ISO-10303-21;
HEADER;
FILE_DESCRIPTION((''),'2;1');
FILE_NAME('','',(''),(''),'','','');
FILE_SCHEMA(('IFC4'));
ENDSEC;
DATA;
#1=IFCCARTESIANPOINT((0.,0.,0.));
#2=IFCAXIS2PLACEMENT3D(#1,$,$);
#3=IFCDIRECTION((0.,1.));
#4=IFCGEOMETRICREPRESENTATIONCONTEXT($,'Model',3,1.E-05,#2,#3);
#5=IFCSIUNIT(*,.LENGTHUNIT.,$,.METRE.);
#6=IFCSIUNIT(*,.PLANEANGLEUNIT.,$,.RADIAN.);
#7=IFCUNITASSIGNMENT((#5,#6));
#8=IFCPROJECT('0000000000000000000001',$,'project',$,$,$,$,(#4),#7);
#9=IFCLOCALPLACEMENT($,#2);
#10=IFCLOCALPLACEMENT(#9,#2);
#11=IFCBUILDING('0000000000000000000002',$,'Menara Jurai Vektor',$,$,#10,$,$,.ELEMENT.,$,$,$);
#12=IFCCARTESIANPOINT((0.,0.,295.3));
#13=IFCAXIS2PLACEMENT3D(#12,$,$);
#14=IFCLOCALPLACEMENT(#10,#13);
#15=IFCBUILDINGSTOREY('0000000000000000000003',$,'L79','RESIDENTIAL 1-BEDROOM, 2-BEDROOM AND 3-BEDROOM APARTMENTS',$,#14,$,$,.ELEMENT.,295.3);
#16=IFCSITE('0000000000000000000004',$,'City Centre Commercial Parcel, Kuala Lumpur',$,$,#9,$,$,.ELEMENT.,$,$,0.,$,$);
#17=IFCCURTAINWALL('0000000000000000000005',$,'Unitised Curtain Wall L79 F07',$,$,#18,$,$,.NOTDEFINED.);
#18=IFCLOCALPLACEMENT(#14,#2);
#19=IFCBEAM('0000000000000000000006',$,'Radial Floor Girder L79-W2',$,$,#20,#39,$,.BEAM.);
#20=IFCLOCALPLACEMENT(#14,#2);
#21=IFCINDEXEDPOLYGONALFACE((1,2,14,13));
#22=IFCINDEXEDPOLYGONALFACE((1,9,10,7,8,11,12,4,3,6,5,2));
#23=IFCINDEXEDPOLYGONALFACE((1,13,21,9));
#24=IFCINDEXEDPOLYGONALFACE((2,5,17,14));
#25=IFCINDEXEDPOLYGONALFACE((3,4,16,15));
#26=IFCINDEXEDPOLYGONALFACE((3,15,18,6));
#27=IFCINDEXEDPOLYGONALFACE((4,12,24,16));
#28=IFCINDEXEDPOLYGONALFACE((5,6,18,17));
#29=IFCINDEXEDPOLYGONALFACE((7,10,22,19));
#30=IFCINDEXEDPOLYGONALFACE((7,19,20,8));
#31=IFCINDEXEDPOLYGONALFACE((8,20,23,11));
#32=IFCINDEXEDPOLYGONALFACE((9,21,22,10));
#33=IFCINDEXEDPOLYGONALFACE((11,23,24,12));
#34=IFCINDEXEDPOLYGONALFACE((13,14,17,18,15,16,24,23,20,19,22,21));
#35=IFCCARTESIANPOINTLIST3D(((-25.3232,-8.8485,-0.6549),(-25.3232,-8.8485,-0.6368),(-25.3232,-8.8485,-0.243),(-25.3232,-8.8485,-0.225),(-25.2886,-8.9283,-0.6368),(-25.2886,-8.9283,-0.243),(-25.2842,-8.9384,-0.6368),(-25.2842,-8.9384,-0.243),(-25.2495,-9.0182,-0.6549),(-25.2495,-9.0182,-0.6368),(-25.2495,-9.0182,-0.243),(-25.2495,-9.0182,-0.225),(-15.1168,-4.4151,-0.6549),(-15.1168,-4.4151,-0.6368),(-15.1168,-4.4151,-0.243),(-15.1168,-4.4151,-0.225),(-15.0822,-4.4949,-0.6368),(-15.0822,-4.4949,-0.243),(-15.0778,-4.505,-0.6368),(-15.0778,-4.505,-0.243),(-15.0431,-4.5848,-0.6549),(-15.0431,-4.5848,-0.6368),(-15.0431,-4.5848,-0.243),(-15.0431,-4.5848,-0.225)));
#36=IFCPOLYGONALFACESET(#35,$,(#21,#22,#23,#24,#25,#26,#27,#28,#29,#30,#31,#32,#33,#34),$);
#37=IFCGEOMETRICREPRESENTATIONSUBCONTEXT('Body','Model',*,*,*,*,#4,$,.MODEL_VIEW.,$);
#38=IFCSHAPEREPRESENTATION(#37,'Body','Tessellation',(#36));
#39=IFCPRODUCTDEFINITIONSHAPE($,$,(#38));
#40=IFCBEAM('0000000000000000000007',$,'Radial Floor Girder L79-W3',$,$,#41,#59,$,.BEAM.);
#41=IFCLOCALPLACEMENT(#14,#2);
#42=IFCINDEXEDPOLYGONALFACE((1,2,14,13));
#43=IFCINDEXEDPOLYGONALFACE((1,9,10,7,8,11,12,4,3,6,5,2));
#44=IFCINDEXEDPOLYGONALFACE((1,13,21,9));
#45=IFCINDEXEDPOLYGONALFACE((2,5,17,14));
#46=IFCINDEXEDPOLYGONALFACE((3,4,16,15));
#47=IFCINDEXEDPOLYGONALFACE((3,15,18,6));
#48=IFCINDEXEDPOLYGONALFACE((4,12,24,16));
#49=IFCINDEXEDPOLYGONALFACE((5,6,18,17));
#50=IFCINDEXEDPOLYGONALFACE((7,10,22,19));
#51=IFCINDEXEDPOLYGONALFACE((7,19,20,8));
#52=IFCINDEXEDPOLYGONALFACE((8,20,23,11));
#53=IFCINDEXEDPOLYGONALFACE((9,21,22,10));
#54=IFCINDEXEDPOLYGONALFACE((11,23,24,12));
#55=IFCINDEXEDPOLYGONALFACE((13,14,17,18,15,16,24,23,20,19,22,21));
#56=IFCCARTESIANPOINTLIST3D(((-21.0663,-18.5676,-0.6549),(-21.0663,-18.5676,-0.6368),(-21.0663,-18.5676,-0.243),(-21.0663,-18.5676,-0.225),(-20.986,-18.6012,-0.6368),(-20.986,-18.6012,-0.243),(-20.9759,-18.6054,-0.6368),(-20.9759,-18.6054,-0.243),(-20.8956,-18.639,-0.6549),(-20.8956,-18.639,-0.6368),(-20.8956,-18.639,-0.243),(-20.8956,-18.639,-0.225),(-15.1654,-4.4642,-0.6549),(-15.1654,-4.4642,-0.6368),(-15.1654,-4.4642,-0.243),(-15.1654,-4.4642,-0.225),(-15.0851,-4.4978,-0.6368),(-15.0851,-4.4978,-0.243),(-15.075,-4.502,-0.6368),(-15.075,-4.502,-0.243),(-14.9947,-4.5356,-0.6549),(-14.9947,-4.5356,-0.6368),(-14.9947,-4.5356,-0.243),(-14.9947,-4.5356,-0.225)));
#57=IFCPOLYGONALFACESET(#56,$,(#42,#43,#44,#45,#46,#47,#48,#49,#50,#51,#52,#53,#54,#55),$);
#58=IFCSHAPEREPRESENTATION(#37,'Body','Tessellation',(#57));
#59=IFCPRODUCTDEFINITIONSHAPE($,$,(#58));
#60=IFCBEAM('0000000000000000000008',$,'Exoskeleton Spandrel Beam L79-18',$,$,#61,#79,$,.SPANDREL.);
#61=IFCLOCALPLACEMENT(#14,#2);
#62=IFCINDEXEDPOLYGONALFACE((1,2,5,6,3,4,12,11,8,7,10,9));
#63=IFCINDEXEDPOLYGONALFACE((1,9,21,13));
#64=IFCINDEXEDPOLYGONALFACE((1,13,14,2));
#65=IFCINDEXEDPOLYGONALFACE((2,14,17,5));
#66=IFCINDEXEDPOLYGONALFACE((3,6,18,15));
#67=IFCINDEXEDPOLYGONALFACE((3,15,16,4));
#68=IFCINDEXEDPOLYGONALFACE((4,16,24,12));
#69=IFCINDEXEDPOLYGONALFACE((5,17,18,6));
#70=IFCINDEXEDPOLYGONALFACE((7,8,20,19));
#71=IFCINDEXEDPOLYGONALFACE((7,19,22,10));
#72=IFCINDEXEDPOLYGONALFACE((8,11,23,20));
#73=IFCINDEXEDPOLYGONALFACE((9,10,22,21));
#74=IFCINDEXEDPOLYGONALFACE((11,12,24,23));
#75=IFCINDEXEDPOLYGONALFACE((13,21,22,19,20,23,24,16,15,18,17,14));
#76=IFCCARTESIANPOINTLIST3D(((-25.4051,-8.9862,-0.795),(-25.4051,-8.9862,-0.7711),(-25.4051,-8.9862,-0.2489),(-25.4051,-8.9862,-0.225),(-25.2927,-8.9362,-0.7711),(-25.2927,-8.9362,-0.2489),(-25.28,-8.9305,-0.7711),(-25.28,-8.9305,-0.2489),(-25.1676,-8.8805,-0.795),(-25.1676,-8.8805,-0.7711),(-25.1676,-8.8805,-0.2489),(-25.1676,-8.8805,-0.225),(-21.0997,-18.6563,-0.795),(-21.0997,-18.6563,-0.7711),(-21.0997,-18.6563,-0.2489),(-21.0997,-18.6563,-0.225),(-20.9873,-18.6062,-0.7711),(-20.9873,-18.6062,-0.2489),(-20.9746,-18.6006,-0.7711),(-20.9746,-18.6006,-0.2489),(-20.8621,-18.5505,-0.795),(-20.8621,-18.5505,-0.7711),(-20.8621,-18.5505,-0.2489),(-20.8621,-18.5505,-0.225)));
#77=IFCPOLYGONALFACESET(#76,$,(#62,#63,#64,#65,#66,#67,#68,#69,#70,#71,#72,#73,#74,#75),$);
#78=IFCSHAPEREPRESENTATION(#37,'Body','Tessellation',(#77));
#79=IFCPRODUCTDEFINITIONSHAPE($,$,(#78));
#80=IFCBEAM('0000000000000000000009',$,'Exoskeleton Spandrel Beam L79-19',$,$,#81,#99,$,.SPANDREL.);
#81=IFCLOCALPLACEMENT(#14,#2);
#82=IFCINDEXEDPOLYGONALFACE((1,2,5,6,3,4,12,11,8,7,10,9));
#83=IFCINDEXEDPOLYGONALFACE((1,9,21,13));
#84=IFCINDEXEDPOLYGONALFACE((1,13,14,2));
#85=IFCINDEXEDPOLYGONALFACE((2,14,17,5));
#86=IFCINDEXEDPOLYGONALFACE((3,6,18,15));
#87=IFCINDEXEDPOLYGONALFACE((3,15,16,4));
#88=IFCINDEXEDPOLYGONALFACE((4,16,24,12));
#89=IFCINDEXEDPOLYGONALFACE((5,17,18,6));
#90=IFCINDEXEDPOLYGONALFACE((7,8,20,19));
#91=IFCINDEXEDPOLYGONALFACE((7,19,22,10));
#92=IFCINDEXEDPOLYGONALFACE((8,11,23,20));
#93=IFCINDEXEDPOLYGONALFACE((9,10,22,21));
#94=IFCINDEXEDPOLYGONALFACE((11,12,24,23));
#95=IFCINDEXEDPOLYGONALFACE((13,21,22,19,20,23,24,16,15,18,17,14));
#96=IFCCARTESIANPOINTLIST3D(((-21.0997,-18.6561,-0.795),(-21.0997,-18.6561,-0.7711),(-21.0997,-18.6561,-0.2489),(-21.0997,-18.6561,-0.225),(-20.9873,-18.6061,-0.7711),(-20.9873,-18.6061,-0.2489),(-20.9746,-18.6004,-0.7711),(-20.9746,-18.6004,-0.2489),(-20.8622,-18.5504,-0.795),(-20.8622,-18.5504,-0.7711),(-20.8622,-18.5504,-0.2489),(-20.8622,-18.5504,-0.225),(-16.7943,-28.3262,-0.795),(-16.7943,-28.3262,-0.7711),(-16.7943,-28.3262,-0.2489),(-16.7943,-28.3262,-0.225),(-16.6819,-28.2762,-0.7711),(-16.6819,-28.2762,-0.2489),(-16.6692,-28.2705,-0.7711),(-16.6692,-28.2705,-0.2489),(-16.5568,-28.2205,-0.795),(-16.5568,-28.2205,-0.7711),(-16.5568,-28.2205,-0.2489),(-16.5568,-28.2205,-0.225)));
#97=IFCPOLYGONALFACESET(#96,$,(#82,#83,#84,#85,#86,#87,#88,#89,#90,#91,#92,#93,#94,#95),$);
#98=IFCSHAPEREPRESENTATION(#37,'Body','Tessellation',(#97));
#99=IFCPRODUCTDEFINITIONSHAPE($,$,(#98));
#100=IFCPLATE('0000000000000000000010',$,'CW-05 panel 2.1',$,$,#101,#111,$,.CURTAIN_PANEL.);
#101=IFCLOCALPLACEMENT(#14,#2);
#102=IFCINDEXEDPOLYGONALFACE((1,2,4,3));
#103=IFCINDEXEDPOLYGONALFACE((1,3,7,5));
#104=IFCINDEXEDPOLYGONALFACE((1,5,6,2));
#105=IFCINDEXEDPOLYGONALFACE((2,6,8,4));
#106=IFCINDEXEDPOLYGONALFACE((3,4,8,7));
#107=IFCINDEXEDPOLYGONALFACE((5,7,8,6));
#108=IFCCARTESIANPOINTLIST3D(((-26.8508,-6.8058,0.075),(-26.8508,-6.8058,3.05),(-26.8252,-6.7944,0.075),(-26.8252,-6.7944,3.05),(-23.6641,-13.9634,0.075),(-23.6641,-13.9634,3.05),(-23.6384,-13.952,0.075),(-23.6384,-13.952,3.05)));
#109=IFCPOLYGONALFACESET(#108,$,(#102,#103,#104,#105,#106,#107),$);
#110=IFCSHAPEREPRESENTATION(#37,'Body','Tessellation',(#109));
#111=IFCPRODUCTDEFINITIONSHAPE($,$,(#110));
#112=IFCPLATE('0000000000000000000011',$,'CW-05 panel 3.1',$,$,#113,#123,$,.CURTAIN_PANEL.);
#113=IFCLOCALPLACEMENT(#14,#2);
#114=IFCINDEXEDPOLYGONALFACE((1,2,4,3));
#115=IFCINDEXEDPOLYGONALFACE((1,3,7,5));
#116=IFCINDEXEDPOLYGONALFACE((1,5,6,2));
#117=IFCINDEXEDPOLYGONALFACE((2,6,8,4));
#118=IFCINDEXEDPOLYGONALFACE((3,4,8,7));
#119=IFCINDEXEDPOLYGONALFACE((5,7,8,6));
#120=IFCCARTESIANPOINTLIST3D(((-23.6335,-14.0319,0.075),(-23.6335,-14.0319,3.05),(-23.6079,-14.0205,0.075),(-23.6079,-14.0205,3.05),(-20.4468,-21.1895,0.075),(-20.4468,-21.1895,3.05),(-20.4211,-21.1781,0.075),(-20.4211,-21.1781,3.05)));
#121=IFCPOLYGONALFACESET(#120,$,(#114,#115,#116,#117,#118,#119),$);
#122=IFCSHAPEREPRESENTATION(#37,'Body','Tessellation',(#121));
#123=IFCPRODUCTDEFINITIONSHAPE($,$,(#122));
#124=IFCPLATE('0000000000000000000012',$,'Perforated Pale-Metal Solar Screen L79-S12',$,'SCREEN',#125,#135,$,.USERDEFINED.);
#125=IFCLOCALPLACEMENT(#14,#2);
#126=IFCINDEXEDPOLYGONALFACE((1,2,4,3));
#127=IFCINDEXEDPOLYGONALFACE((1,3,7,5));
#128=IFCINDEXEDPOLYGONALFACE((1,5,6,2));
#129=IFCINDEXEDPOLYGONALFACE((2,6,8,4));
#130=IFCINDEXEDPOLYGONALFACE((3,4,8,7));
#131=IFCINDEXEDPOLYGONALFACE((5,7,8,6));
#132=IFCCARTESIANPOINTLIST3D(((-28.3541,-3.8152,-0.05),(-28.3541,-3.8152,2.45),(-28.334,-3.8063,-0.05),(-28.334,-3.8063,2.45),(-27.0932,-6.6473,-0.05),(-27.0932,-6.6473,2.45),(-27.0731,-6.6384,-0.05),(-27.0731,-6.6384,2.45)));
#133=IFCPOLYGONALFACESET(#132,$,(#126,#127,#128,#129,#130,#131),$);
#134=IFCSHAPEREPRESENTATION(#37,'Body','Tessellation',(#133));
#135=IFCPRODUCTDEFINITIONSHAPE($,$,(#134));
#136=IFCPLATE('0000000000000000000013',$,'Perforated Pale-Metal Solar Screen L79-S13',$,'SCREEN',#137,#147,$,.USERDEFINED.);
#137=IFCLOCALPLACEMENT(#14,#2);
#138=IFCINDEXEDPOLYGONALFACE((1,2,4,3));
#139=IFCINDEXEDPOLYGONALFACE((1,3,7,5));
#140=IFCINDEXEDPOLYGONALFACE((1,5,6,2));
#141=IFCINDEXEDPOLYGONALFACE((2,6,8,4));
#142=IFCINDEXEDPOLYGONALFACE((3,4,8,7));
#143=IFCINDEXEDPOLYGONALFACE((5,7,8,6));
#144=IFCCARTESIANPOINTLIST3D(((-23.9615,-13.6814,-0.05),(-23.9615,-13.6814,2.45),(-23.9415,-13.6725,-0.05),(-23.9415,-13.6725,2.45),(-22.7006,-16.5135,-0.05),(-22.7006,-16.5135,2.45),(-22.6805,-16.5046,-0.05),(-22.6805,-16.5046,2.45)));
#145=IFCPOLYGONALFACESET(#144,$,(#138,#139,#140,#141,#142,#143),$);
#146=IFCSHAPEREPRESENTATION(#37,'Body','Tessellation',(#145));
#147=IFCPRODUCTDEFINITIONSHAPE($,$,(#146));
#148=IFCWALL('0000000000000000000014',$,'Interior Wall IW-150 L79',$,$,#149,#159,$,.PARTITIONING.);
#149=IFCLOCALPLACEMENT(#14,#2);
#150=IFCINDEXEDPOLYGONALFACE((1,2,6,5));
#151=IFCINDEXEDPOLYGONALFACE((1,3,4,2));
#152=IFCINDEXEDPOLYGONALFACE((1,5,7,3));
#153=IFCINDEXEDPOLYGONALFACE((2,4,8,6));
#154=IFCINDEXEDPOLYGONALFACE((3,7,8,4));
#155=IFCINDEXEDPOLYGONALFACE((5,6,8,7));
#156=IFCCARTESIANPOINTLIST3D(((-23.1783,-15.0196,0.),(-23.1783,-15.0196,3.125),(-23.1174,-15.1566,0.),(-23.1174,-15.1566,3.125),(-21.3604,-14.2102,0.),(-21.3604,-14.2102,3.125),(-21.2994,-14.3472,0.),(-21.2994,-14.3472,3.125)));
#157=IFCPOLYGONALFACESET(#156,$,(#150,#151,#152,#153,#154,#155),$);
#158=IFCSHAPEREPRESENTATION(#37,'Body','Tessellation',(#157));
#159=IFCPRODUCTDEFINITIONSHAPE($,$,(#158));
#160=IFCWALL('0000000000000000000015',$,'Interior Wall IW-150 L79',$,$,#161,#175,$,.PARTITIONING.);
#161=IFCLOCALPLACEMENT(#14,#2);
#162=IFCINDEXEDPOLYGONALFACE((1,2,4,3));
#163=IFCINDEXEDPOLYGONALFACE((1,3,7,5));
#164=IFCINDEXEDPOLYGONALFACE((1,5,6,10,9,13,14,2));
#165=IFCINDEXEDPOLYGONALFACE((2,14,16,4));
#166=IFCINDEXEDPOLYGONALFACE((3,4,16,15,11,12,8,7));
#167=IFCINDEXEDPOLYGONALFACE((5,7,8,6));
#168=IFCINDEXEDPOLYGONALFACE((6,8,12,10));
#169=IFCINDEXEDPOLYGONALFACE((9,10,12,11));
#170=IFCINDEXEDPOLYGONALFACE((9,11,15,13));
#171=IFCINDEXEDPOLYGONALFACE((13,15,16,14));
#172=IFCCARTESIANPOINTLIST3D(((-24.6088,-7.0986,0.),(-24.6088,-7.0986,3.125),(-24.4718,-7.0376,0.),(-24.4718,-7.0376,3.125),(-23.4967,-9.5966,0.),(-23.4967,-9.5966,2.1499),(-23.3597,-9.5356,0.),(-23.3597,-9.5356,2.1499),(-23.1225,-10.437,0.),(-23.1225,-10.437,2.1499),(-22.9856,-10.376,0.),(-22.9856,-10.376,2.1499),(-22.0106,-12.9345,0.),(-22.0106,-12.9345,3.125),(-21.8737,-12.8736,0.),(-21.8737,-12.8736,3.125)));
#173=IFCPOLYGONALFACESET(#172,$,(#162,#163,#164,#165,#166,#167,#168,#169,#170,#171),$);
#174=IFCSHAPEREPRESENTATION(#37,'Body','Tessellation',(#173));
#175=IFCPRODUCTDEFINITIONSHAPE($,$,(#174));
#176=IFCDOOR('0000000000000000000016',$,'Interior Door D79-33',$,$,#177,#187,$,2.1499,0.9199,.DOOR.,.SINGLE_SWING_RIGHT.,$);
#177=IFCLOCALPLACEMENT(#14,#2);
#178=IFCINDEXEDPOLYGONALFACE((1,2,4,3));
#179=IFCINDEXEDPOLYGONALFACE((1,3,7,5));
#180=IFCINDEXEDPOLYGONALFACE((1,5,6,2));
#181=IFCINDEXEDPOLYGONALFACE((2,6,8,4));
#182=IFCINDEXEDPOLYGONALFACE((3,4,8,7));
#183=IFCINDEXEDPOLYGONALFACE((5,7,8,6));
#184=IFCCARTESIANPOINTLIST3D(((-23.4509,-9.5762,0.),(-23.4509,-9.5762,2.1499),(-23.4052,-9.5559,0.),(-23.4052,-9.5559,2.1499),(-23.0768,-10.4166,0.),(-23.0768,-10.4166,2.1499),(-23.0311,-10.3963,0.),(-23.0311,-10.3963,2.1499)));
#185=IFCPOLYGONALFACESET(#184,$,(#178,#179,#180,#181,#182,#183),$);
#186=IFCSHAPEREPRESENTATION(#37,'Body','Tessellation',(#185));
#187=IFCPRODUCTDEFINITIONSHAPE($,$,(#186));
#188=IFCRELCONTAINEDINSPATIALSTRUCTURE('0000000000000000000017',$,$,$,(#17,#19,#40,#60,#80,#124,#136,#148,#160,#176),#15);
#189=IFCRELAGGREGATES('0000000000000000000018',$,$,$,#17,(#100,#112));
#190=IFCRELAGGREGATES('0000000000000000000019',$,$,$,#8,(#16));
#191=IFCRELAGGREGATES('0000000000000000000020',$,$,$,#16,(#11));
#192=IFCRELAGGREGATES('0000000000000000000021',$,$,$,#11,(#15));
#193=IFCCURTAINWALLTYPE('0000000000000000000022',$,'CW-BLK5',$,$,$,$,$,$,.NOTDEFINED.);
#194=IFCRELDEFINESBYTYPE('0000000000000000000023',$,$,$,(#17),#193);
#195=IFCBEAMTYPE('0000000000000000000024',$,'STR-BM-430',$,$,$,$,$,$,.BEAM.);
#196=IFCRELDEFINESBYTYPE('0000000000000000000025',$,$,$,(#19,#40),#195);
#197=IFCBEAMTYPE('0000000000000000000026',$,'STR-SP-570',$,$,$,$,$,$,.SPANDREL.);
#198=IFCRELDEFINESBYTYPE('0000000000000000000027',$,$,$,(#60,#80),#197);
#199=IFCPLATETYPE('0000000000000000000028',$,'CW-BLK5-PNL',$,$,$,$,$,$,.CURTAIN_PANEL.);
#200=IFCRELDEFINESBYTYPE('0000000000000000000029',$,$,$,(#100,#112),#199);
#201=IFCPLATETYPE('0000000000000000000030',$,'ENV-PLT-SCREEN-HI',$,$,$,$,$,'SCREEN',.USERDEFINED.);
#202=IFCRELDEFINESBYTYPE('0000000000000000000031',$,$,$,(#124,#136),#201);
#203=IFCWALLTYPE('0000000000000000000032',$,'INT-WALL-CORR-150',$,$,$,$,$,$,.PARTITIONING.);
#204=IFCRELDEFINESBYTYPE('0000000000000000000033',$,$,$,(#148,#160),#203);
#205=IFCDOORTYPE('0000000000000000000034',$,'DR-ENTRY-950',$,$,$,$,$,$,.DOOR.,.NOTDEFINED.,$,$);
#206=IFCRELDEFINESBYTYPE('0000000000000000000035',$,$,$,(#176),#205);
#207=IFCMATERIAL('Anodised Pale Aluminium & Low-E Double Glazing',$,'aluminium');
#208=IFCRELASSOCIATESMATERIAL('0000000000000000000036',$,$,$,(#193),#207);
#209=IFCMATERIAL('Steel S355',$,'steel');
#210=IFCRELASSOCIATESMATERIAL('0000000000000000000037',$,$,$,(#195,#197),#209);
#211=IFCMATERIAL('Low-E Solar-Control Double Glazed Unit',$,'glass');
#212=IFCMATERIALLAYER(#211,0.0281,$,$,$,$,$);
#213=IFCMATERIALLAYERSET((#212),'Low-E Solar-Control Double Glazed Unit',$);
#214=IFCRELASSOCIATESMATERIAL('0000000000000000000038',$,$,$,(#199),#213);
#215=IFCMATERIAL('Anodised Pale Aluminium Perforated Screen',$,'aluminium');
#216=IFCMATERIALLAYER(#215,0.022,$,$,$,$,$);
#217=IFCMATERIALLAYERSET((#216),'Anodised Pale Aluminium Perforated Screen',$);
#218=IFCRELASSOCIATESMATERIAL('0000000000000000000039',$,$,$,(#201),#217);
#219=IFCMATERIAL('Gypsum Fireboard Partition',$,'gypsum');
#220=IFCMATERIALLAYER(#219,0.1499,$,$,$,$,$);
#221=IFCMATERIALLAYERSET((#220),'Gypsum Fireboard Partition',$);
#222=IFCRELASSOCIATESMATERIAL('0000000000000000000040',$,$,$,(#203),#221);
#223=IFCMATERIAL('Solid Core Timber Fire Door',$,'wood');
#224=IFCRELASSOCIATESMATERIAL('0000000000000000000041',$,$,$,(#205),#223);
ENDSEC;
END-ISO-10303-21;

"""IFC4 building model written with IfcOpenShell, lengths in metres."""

from ifc_helpers import new_model, si_unit, direction, frame, frame_2d, origin, origin_2d, place, context, subcontext, project, spatial, rectangle, i_section, extrude, material, layer, layer_set, material_profile, profile_set, type_object, element, fill, aggregate, save


model = new_model("IFC4")

# Units and contexts
model_context = context("Model", 3, precision=1e-05, world=origin(), true_north=direction((0.0, 1.0)))
body_context = subcontext(model_context, "Body", "Model", "MODEL_VIEW")
ifc_project = project(units=[si_unit("LENGTHUNIT", "METRE"), si_unit("PLANEANGLEUNIT", "RADIAN")], contexts=[model_context])

# Site, building, storey
site_placement = place(None, origin())
site = spatial("IfcSite", under=ifc_project, at=site_placement, Name="City Centre Commercial Parcel, Kuala Lumpur", CompositionType="ELEMENT", RefElevation=0.0)
building_placement = place(site_placement, origin())
building = spatial("IfcBuilding", under=site, at=building_placement, Name="Menara Jurai Vektor", CompositionType="ELEMENT")
storey_placement = place(building_placement, frame((0.0, 0.0, 295.3)))
storey = spatial("IfcBuildingStorey", under=building, at=storey_placement, Name="L79", Description="RESIDENTIAL 1-BEDROOM, 2-BEDROOM AND 3-BEDROOM APARTMENTS", CompositionType="ELEMENT", Elevation=295.3)

# Curtain wall
ifc_material_1 = material(Name="Anodised Pale Aluminium & Low-E Double Glazing", Category="aluminium")
curtain_wall_type = type_object("IfcCurtainWallType", Name="CW-BLK5", PredefinedType="NOTDEFINED", material=ifc_material_1)
curtain_wall_placement = place(storey_placement, origin())
curtain_wall = element("IfcCurtainWall", 1, at=curtain_wall_placement, inside=storey, type_object=curtain_wall_type, Name="Unitised Curtain Wall L79 F07", PredefinedType="NOTDEFINED")

# Beams
ifc_material_2 = material(Name="Steel S355", Category="steel")
ifc_material_profile_1 = material_profile(ifc_material_2, i_section(OverallWidth=0.1851, OverallDepth=0.4299, WebThickness=0.011, FlangeThickness=0.0181, at=origin_2d()), Name="PG 430x185x76")
ifc_profile_set_1 = profile_set([ifc_material_profile_1], Name="Steel S355")
beam_type_1 = type_object("IfcBeamType", Name="STR-BM-430", PredefinedType="BEAM", material=ifc_profile_set_1)
beam_1_placement = place(storey_placement, frame((-25.2864, -8.9333, -0.4399), z_axis=(0.917207, 0.398411, 0.0), x_axis=(-0.398411, 0.917207, 0.0)))
element("IfcBeam", 2, at=beam_1_placement, inside=storey, type_object=beam_type_1, Name="Radial Floor Girder L79-W2", PredefinedType="BEAM", context=body_context, shape_type="SweptSolid", body=[
    extrude(i_section(OverallWidth=0.1851, OverallDepth=0.4299, WebThickness=0.011, FlangeThickness=0.0181, at=origin_2d()), origin(), (0.0, 0.0, 1.0), 11.1277),
])
beam_2_placement = place(storey_placement, frame((-20.981, -18.6033, -0.4399), z_axis=(0.385981, 0.922507, 0.0), x_axis=(-0.922507, 0.385981, 0.0)))
element("IfcBeam", 3, at=beam_2_placement, inside=storey, type_object=beam_type_1, Name="Radial Floor Girder L79-W3", PredefinedType="BEAM", context=body_context, shape_type="SweptSolid", body=[
    extrude(i_section(OverallWidth=0.1851, OverallDepth=0.4299, WebThickness=0.011, FlangeThickness=0.0181, at=origin_2d()), origin(), (0.0, 0.0, 1.0), 15.2881),
])
ifc_material_profile_2 = material_profile(ifc_material_2, i_section(OverallWidth=0.26, OverallDepth=0.5701, WebThickness=0.0139, FlangeThickness=0.0239, at=origin_2d()), Name="PG 570x260x145")
ifc_profile_set_2 = profile_set([ifc_material_profile_2], Name="Steel S355")
beam_type_2 = type_object("IfcBeamType", Name="STR-SP-570", PredefinedType="SPANDREL", material=ifc_profile_set_2)
for number, where, z_axis, x_axis, name in (
    (4, (-25.2864, -8.9333, -0.51), (0.406744, -0.913542, 0.0), (0.913542, 0.406744, 0.0), "Exoskeleton Spandrel Beam L79-18"),
    (5, (-20.981, -18.6033, -0.51), (0.406735, -0.913546, 0.0), (0.913546, 0.406735, 0.0), "Exoskeleton Spandrel Beam L79-19"),
):
    element("IfcBeam", number, at=place(storey_placement, frame(where, z_axis=z_axis, x_axis=x_axis)), inside=storey, type_object=beam_type_2, Name=name, PredefinedType="SPANDREL", context=body_context, shape_type="SweptSolid", body=[
        extrude(i_section(OverallWidth=0.26, OverallDepth=0.5701, WebThickness=0.0139, FlangeThickness=0.0239, at=origin_2d()), origin(), (0.0, 0.0, 1.0), 10.5852),
    ])

# Plates
ifc_material_3 = material(Name="Low-E Solar-Control Double Glazed Unit", Category="glass")
ifc_layer_1 = layer(ifc_material_3, 0.0281)
ifc_layer_set_1 = layer_set([ifc_layer_1], Name="Low-E Solar-Control Double Glazed Unit")
plate_type_1 = type_object("IfcPlateType", Name="CW-BLK5-PNL", PredefinedType="CURTAIN_PANEL", material=ifc_layer_set_1)
plate_1_placement = place(storey_placement, frame((-25.2446, -10.3789, 0.075), z_axis=(0.0, 0.0, 1.0), x_axis=(0.406735, -0.913546, 0.0)))
plate_1 = element("IfcPlate", 6, at=plate_1_placement, type_object=plate_type_1, Name="CW-05 panel 2.1", PredefinedType="CURTAIN_PANEL", context=body_context, shape_type="SweptSolid", body=[
    extrude(rectangle(XDim=7.835, YDim=0.0281, at=origin_2d()), origin(), (0.0, 0.0, 1.0), 2.9751),
])
plate_2_placement = place(storey_placement, frame((-22.0273, -17.605, 0.075), z_axis=(0.0, 0.0, 1.0), x_axis=(0.406735, -0.913546, 0.0)))
plate_2 = element("IfcPlate", 7, at=plate_2_placement, type_object=plate_type_1, Name="CW-05 panel 3.1", PredefinedType="CURTAIN_PANEL", context=body_context, shape_type="SweptSolid", body=[
    extrude(rectangle(XDim=7.835, YDim=0.0281, at=origin_2d()), origin(), (0.0, 0.0, 1.0), 2.9751),
])
aggregate(curtain_wall, [plate_1, plate_2])

# Plates
ifc_material_4 = material(Name="Anodised Pale Aluminium Perforated Screen", Category="aluminium")
ifc_layer_2 = layer(ifc_material_4, 0.022)
ifc_layer_set_2 = layer_set([ifc_layer_2], Name="Anodised Pale Aluminium Perforated Screen")
plate_type_2 = type_object("IfcPlateType", Name="ENV-PLT-SCREEN-HI", ElementType="SCREEN", PredefinedType="USERDEFINED", material=ifc_layer_set_2)
for number, where, z_axis, x_axis, name in (
    (8, (-27.7136, -5.2268, -0.05), (0.0, 0.0, 1.0), (0.406737, -0.913545, 0.0), "Perforated Pale-Metal Solar Screen L79-S12"),
    (9, (-23.321, -15.093, -0.05), (0.0, 0.0, 1.0), (0.406737, -0.913545, 0.0), "Perforated Pale-Metal Solar Screen L79-S13"),
):
    element("IfcPlate", number, at=place(storey_placement, frame(where, z_axis=z_axis, x_axis=x_axis)), inside=storey, type_object=plate_type_2, Name=name, ObjectType="SCREEN", PredefinedType="USERDEFINED", context=body_context, shape_type="SweptSolid", body=[
        extrude(rectangle(XDim=3.1001, YDim=0.022, at=origin_2d()), origin(), (0.0, 0.0, 1.0), 2.5),
    ])

# Wall
ifc_material_5 = material(Name="Gypsum Fireboard Partition", Category="gypsum")
ifc_layer_3 = layer(ifc_material_5, 0.1499)
ifc_layer_set_3 = layer_set([ifc_layer_3], Name="Gypsum Fireboard Partition")
wall_type_1 = type_object("IfcWallType", Name="INT-WALL-CORR-150", PredefinedType="PARTITIONING", material=ifc_layer_set_3)
wall_1_placement = place(storey_placement, frame((-23.1479, -15.0881, 0.0), z_axis=(0.0, 0.0, 1.0), x_axis=(0.913553, 0.406719, 0.0)))
element("IfcWall", 10, at=wall_1_placement, inside=storey, type_object=wall_type_1, Name="Interior Wall IW-150 L79", PredefinedType="PARTITIONING", context=body_context, shape_type="SweptSolid", body=[
    extrude(rectangle(XDim=1.99, YDim=0.1499, at=frame_2d((0.9951, 0.0))), origin(), (0.0, 0.0, 1.0), 3.125),
])

# Wall, opening, door
ifc_material_6 = material(Name="Solid Core Timber Fire Door", Category="wood")
door_type = type_object("IfcDoorType", Name="DR-ENTRY-950", OperationType="NOTDEFINED", PredefinedType="DOOR", material=ifc_material_6)
wall_2_placement = place(storey_placement, frame((-21.9421, -12.9041, 0.0), z_axis=(0.0, 0.0, 1.0), x_axis=(-0.406713, 0.913556, 0.0)))
wall_2 = element("IfcWall", 11, at=wall_2_placement, inside=storey, type_object=wall_type_1, Name="Interior Wall IW-150 L79", PredefinedType="PARTITIONING", context=body_context, shape_type="SweptSolid", body=[
    extrude(rectangle(XDim=6.3882, YDim=0.1499, at=frame_2d((3.1941, 0.0))), origin(), (0.0, 0.0, 1.0), 3.125),
])
opening_1_placement = place(wall_2_placement, frame((2.7339, 0.0, 0.0)))
opening_1 = element("IfcOpeningElement", 12, at=opening_1_placement, cuts=wall_2, PredefinedType="OPENING", context=body_context, shape_type="SweptSolid", body=[
    extrude(rectangle(XDim=0.9199, YDim=2.1499, at=frame_2d((0.46, 1.075))), frame((0.0, 0.085, 0.0), z_axis=(0.0, -1.0, 0.0), x_axis=(1.0, 0.0, 0.0)), (0.0, 0.0, 1.0), 0.1699),
])
door_1_placement = place(opening_1_placement, origin())
door_1 = element("IfcDoor", 13, at=door_1_placement, inside=storey, type_object=door_type, Name="Interior Door D79-33", OperationType="SINGLE_SWING_RIGHT", OverallHeight=2.1499, OverallWidth=0.9199, PredefinedType="DOOR", context=body_context, shape_type="SweptSolid", body=[
    extrude(rectangle(XDim=0.9199, YDim=2.1499, at=frame_2d((0.46, 1.075))), frame((0.0, 0.0249, 0.0), z_axis=(0.0, -1.0, 0.0), x_axis=(1.0, 0.0, 0.0)), (0.0, 0.0, 1.0), 0.05),
])
fill(opening_1, door_1)

save(model, "model.ifc")
